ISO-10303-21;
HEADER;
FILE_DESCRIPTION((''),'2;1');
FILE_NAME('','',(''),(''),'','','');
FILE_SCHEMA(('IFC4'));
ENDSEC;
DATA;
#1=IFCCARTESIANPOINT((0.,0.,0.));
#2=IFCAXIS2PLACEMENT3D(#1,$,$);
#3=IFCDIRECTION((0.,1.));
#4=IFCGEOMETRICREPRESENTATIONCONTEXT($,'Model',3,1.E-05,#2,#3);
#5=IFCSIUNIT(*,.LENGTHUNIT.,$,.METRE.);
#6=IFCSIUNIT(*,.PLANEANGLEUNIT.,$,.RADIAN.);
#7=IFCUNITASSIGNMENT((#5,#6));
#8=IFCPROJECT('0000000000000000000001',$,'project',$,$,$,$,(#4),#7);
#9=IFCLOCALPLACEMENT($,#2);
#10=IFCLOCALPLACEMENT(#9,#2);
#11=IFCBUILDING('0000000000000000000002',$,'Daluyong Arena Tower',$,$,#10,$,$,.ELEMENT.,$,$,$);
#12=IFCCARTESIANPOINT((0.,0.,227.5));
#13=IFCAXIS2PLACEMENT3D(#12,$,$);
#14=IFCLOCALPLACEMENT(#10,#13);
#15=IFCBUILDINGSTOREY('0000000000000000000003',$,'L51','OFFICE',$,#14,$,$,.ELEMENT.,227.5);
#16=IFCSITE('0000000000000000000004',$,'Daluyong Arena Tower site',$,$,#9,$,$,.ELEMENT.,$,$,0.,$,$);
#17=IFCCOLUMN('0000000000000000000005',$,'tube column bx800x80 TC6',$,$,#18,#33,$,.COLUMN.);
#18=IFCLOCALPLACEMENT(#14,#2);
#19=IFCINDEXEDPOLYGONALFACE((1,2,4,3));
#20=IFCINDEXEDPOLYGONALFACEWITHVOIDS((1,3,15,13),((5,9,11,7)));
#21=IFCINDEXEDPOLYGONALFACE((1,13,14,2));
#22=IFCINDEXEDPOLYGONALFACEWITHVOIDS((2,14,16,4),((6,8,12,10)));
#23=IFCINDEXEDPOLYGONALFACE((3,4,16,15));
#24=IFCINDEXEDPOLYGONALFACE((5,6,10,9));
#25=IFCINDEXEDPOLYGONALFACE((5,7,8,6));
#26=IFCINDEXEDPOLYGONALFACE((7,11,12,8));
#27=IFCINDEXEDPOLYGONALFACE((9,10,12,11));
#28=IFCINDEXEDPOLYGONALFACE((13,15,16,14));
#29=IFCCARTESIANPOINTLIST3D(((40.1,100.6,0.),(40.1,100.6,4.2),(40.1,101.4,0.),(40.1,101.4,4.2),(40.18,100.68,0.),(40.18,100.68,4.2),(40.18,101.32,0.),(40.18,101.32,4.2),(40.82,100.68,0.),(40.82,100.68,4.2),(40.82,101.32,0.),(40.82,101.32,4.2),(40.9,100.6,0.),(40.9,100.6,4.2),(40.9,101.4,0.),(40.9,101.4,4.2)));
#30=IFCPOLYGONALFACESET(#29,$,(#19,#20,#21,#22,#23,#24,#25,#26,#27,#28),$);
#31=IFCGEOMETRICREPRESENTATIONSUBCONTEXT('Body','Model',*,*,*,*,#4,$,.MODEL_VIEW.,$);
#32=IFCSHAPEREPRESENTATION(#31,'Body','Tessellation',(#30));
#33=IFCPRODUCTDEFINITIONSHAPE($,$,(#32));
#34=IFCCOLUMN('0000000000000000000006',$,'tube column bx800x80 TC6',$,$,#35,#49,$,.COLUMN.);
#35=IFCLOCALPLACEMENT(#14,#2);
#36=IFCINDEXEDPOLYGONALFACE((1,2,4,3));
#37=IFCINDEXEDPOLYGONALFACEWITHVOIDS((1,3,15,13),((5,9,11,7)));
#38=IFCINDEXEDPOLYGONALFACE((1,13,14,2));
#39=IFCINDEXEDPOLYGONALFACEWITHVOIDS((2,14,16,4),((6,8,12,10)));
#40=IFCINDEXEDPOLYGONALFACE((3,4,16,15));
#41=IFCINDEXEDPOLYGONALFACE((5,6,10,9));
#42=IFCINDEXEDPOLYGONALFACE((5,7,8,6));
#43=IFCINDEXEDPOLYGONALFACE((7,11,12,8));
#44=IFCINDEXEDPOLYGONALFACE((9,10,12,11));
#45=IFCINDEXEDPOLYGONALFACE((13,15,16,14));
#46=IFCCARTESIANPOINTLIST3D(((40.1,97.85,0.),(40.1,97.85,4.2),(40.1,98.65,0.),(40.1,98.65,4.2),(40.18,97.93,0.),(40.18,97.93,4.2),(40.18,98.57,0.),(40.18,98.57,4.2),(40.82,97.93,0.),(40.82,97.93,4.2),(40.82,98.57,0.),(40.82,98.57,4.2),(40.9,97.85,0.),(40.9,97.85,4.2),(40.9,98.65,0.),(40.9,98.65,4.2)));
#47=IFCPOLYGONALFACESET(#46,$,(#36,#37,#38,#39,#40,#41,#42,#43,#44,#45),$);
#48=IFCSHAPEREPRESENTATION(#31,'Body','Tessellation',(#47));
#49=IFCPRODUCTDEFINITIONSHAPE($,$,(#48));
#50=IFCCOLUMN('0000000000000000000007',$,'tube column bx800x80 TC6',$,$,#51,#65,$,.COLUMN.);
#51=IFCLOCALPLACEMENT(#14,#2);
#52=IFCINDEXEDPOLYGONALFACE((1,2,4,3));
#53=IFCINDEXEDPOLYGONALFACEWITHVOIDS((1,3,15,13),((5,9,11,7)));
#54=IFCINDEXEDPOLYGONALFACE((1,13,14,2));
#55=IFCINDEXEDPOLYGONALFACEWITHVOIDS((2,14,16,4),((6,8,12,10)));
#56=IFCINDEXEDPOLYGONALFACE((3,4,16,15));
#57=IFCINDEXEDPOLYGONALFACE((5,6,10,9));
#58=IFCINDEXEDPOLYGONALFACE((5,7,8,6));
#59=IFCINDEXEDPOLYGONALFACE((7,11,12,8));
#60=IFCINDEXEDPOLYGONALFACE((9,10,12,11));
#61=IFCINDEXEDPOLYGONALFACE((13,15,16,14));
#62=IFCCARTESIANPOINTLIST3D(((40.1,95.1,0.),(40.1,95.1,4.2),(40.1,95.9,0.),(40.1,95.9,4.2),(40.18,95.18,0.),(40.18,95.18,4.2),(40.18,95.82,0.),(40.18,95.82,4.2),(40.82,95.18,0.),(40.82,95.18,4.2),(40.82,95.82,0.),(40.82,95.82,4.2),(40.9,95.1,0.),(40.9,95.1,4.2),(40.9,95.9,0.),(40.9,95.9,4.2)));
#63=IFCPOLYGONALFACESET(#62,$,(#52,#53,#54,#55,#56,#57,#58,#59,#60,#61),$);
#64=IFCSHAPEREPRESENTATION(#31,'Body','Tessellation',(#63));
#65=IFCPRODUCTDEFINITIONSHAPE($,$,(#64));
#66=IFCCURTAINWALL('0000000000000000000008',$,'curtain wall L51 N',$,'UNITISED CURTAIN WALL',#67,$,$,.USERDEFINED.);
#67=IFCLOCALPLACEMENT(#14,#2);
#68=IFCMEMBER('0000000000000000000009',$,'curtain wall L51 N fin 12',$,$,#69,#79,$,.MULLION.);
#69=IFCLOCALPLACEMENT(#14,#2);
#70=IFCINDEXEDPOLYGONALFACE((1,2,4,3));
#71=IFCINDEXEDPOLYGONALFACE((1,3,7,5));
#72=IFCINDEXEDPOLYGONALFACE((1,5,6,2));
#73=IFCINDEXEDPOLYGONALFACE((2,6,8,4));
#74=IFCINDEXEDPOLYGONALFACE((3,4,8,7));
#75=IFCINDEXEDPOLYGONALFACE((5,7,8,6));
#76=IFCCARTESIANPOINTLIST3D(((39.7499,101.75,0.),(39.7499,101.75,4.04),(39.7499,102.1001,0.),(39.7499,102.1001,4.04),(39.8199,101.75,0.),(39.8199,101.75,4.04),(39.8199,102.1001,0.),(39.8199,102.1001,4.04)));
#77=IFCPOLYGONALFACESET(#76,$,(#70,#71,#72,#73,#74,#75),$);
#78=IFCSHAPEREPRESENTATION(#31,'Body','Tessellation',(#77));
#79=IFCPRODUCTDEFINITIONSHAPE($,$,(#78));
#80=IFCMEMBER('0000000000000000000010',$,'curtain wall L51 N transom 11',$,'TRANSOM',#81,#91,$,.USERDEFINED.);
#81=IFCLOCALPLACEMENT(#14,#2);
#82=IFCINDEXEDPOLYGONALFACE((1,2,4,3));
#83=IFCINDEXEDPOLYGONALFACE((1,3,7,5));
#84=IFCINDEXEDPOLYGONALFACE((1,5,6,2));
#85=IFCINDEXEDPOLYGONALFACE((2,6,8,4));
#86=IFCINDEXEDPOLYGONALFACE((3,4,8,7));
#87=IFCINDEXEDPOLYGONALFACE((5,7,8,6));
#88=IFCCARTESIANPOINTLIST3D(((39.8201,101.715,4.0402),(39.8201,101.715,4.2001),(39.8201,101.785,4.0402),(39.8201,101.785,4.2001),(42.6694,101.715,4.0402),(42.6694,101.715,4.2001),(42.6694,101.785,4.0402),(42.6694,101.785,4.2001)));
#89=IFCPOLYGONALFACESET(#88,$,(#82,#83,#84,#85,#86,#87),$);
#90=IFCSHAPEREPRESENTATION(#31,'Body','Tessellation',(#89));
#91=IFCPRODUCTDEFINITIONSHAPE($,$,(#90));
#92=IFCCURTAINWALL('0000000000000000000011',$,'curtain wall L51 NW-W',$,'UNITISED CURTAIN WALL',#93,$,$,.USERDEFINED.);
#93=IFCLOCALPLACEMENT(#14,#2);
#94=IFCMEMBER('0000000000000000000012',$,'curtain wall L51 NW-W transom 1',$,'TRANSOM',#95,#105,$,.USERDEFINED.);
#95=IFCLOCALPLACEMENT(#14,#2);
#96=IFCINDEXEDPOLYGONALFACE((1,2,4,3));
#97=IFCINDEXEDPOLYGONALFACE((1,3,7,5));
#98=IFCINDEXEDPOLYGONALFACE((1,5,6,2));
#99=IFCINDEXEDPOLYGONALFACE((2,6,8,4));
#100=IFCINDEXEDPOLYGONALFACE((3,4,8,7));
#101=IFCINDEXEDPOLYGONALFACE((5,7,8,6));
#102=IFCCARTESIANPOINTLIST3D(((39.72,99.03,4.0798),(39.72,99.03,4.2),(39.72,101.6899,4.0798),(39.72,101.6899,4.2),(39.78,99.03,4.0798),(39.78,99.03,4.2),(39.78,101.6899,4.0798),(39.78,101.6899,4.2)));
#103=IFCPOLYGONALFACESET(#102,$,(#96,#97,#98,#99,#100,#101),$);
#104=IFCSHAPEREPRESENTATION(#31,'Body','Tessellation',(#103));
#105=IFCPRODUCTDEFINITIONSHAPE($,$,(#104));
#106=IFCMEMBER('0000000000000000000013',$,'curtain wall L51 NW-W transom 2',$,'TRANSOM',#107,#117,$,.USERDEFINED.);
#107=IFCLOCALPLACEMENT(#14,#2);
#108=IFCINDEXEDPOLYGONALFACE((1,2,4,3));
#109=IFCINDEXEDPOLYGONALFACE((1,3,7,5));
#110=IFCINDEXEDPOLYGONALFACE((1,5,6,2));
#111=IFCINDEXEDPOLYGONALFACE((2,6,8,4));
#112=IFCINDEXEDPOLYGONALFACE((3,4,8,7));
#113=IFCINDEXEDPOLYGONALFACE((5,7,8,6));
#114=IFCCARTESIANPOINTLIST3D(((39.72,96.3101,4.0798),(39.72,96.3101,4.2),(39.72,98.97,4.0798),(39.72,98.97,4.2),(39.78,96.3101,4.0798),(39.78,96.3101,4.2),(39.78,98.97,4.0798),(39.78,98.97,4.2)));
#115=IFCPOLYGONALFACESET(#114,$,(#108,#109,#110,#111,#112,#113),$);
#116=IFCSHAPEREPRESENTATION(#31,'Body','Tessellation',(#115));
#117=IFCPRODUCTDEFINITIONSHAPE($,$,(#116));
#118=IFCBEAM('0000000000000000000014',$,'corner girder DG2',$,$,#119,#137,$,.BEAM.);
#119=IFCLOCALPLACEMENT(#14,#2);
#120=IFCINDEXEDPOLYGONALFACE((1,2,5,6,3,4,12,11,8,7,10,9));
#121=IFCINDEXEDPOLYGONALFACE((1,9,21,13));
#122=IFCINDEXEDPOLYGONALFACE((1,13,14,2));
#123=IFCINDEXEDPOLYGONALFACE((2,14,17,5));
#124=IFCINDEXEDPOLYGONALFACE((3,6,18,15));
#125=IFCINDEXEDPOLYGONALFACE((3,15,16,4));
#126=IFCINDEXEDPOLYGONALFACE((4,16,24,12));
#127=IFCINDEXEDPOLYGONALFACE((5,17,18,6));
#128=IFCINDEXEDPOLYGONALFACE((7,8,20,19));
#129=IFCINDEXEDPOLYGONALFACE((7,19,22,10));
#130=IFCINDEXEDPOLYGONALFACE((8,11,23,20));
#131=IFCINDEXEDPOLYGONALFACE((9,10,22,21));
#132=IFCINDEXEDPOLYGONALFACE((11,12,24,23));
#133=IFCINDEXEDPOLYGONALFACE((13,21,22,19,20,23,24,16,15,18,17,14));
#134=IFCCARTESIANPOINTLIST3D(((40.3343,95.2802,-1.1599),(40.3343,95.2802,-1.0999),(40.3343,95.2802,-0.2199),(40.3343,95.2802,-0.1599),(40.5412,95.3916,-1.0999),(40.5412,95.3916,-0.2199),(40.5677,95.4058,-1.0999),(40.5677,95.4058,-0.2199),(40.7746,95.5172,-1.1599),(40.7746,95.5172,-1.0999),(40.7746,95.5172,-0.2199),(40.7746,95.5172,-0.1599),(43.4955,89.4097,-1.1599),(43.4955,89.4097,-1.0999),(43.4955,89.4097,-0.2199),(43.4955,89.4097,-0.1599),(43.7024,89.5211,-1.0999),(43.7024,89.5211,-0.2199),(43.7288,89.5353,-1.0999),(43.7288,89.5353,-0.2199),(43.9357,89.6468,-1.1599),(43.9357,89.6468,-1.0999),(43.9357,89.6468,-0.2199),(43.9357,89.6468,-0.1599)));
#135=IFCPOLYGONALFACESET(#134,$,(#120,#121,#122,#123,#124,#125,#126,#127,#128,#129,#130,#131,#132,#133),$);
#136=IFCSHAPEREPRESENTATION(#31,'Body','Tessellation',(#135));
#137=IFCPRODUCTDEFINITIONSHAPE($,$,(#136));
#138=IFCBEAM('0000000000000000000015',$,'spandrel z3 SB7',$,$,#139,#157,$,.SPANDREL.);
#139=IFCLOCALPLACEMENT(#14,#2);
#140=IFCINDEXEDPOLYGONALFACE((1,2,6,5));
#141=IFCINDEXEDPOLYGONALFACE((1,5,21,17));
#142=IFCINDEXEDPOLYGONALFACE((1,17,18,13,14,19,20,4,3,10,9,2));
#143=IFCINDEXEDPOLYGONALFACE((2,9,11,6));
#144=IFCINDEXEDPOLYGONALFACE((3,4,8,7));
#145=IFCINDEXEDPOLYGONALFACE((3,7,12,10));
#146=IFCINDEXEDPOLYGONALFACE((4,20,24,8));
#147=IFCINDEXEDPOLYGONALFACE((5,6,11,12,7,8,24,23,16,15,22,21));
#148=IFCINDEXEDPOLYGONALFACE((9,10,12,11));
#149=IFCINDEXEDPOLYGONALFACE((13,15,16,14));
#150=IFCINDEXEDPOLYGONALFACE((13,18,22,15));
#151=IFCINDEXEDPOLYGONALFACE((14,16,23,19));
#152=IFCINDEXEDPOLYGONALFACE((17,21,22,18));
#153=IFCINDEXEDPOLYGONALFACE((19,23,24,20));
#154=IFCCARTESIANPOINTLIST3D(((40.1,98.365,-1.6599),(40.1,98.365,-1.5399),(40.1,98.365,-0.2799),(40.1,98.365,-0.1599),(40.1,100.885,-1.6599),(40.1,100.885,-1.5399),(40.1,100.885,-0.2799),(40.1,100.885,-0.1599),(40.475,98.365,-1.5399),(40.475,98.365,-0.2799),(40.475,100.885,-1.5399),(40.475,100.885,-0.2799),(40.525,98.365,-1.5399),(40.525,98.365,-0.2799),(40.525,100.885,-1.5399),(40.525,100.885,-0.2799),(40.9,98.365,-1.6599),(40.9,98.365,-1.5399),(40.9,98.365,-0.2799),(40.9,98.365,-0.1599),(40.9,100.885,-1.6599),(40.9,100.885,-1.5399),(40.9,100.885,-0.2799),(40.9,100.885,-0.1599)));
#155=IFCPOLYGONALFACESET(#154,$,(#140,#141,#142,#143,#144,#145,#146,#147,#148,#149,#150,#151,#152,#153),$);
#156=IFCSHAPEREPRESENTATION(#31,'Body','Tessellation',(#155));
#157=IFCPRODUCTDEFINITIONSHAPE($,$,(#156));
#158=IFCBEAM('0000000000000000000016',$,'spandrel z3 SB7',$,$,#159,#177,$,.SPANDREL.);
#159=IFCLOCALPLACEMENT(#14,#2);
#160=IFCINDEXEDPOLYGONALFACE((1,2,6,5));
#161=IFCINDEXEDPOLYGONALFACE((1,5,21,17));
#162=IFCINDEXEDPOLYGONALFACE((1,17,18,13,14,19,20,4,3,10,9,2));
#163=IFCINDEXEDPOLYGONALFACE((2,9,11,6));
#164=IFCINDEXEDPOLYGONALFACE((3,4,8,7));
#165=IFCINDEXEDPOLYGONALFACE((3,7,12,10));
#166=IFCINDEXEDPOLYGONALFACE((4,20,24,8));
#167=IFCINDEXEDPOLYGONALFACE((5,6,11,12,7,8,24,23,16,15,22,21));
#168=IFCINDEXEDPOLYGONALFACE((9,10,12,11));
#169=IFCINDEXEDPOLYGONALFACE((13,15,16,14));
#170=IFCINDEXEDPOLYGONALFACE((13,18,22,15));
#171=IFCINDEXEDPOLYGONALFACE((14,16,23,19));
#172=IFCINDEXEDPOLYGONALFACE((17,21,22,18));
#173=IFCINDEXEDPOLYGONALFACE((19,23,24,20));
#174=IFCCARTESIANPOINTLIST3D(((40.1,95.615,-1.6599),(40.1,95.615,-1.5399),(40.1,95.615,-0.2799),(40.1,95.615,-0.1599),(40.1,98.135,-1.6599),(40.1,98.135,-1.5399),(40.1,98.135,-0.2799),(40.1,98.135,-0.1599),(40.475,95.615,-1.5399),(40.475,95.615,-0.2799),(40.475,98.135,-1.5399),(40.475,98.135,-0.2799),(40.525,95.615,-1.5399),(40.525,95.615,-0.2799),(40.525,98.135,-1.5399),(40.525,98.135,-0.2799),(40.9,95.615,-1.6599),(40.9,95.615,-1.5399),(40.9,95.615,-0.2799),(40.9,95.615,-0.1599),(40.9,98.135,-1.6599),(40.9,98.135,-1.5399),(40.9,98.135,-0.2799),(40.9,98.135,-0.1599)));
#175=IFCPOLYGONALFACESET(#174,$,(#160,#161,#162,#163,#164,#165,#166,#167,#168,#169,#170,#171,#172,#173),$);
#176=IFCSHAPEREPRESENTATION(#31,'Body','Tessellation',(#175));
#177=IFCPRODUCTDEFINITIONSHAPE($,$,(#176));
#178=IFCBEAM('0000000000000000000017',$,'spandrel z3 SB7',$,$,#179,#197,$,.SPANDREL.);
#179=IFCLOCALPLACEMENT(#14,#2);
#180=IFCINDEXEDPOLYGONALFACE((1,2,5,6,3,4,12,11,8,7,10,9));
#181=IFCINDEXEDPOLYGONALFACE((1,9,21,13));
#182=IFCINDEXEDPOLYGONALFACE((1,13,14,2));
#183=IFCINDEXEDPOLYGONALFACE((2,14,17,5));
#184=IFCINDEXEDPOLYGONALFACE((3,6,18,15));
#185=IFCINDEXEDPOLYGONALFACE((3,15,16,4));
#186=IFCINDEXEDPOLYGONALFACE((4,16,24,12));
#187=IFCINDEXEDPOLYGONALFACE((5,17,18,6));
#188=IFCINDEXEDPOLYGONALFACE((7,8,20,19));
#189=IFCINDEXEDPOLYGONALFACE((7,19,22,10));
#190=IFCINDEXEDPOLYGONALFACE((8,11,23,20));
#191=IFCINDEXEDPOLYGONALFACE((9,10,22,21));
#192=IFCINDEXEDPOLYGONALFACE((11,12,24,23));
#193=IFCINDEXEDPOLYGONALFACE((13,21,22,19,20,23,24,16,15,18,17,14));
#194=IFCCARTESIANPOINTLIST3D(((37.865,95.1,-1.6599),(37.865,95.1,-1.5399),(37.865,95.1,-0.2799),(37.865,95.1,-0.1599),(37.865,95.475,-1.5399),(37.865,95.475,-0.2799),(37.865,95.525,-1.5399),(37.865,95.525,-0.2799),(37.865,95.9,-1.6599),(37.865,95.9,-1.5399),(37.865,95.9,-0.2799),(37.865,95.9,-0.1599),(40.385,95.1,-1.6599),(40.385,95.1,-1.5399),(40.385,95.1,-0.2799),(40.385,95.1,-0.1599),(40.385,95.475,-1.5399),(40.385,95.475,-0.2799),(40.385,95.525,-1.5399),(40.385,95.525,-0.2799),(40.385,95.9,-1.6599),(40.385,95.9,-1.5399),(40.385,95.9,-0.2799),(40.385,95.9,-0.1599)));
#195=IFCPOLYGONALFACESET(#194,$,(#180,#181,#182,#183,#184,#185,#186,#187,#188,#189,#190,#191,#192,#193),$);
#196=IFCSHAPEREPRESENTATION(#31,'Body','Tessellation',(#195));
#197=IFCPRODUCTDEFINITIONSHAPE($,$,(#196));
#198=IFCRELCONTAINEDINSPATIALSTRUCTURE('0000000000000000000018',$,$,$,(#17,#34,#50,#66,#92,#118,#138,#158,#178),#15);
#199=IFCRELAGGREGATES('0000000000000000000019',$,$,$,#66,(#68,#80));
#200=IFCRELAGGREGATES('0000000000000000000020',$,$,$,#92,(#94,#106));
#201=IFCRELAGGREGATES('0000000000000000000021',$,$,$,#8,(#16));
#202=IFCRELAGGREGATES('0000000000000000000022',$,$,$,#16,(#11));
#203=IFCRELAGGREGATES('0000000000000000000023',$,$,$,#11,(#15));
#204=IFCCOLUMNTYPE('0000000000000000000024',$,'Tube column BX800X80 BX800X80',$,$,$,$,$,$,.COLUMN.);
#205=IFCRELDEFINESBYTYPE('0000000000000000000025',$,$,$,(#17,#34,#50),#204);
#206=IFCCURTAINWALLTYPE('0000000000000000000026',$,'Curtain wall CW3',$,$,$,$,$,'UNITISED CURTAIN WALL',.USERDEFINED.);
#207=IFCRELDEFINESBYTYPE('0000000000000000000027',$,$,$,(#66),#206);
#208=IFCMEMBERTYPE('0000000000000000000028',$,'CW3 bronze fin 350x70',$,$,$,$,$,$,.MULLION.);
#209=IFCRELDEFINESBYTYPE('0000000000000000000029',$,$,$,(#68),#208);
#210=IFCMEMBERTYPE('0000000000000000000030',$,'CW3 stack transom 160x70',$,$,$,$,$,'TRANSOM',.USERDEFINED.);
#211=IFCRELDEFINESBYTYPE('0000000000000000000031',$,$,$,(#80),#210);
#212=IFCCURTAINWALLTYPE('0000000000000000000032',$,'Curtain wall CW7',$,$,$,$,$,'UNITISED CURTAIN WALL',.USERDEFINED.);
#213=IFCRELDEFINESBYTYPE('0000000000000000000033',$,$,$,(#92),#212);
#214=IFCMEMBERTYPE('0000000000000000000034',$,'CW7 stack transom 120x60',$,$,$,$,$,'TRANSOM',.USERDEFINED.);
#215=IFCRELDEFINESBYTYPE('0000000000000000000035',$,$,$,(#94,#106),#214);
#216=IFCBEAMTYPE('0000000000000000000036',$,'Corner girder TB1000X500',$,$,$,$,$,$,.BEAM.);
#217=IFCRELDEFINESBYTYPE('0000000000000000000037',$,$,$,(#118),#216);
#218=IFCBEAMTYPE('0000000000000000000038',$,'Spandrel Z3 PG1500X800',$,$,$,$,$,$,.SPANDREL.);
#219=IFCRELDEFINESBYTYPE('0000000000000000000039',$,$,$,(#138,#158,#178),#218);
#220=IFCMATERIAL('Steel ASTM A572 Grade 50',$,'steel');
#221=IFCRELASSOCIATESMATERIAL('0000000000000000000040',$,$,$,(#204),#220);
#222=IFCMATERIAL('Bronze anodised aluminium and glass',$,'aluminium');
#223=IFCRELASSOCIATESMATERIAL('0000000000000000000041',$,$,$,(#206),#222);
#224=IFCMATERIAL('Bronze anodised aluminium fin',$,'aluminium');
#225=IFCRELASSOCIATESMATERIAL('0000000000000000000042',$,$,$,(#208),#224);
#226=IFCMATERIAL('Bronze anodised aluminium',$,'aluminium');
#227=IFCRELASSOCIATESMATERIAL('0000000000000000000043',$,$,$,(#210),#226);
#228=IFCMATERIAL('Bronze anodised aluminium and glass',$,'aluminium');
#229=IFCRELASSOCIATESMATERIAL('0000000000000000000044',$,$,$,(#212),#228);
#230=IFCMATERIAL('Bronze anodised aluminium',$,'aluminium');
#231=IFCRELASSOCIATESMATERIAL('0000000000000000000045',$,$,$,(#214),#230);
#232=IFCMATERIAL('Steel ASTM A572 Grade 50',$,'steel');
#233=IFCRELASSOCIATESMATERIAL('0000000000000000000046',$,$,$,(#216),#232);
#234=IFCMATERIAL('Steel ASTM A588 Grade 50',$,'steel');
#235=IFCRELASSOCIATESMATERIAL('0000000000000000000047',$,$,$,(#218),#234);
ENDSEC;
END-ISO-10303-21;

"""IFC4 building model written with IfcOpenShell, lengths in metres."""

from ifc_helpers import new_model, si_unit, direction, frame, origin, origin_2d, place, context, subcontext, project, spatial, rectangle, hollow_rectangle, i_section, extrude, material, material_profile, profile_set, type_object, element, aggregate, save


model = new_model("IFC4")

# Units and contexts
model_context = context("Model", 3, precision=1e-05, world=origin(), true_north=direction((0.0, 1.0)))
body_context = subcontext(model_context, "Body", "Model", "MODEL_VIEW")
ifc_project = project(units=[si_unit("LENGTHUNIT", "METRE"), si_unit("PLANEANGLEUNIT", "RADIAN")], contexts=[model_context])

# Site, building, storey
site_placement = place(None, origin())
site = spatial("IfcSite", under=ifc_project, at=site_placement, Name="Daluyong Arena Tower site", CompositionType="ELEMENT", RefElevation=0.0)
building_placement = place(site_placement, origin())
building = spatial("IfcBuilding", under=site, at=building_placement, Name="Daluyong Arena Tower", CompositionType="ELEMENT")
storey_placement = place(building_placement, frame((0.0, 0.0, 227.5)))
storey = spatial("IfcBuildingStorey", under=building, at=storey_placement, Name="L51", Description="OFFICE", CompositionType="ELEMENT", Elevation=227.5)

# Columns
ifc_material_1 = material(Name="Steel ASTM A572 Grade 50", Category="steel")
ifc_material_profile_1 = material_profile(ifc_material_1, hollow_rectangle(XDim=0.8, YDim=0.8, WallThickness=0.08, at=origin_2d()))
ifc_profile_set_1 = profile_set([ifc_material_profile_1], Name="Steel ASTM A572 Grade 50")
column_type = type_object("IfcColumnType", Name="Tube column BX800X80 BX800X80", PredefinedType="COLUMN", material=ifc_profile_set_1)
for number, where, z_axis, x_axis, name in (
    (1, (40.5, 101.0, 0.0), (0.0, 0.0, 1.0), (0.0, 1.0, 0.0), "tube column bx800x80 TC6"),
    (2, (40.5, 98.25, 0.0), (0.0, 0.0, 1.0), (0.0, 1.0, 0.0), "tube column bx800x80 TC6"),
    (3, (40.5, 95.5, 0.0), (0.0, 0.0, 1.0), (1.0, 0.0, 0.0), "tube column bx800x80 TC6"),
):
    element("IfcColumn", number, at=place(storey_placement, frame(where, z_axis=z_axis, x_axis=x_axis)), inside=storey, type_object=column_type, Name=name, PredefinedType="COLUMN", context=body_context, shape_type="SweptSolid", body=[
        extrude(hollow_rectangle(XDim=0.8, YDim=0.8, WallThickness=0.08, at=origin_2d()), origin(), (0.0, 0.0, 1.0), 4.2),
    ])

# Curtain walls, members
ifc_material_2 = material(Name="Bronze anodised aluminium and glass", Category="aluminium")
curtain_wall_type_1 = type_object("IfcCurtainWallType", Name="Curtain wall CW3", ElementType="UNITISED CURTAIN WALL", PredefinedType="USERDEFINED", material=ifc_material_2)
curtain_wall_1_placement = place(storey_placement, origin())
curtain_wall_1 = element("IfcCurtainWall", 4, at=curtain_wall_1_placement, inside=storey, type_object=curtain_wall_type_1, Name="curtain wall L51 N", ObjectType="UNITISED CURTAIN WALL", PredefinedType="USERDEFINED")
ifc_material_3 = material(Name="Bronze anodised aluminium fin", Category="aluminium")
ifc_material_profile_2 = material_profile(ifc_material_3, rectangle(XDim=0.3501, YDim=0.0701, at=origin_2d()))
ifc_profile_set_2 = profile_set([ifc_material_profile_2], Name="Bronze anodised aluminium fin")
member_type_1 = type_object("IfcMemberType", Name="CW3 bronze fin 350x70", PredefinedType="MULLION", material=ifc_profile_set_2)
member_1_placement = place(storey_placement, frame((39.7849, 101.925, 0.0), z_axis=(0.0, 0.0, 1.0), x_axis=(0.0, -1.0, 0.0)))
member_1 = element("IfcMember", 5, at=member_1_placement, type_object=member_type_1, Name="curtain wall L51 N fin 12", PredefinedType="MULLION", context=body_context, shape_type="SweptSolid", body=[
    extrude(rectangle(XDim=0.3501, YDim=0.0701, at=origin_2d()), origin(), (0.0, 0.0, 1.0), 4.04),
])
ifc_material_4 = material(Name="Bronze anodised aluminium", Category="aluminium")
ifc_material_profile_3 = material_profile(ifc_material_4, rectangle(XDim=0.0701, YDim=0.1599, at=origin_2d()))
ifc_profile_set_3 = profile_set([ifc_material_profile_3], Name="Bronze anodised aluminium")
member_type_2 = type_object("IfcMemberType", Name="CW3 stack transom 160x70", ElementType="TRANSOM", PredefinedType="USERDEFINED", material=ifc_profile_set_3)
member_2_placement = place(storey_placement, frame((42.6694, 101.75, 4.1201), z_axis=(-1.0, 0.0, 0.0), x_axis=(0.0, -1.0, 0.0)))
member_2 = element("IfcMember", 6, at=member_2_placement, type_object=member_type_2, Name="curtain wall L51 N transom 11", ObjectType="TRANSOM", PredefinedType="USERDEFINED", context=body_context, shape_type="SweptSolid", body=[
    extrude(rectangle(XDim=0.0701, YDim=0.1599, at=origin_2d()), origin(), (0.0, 0.0, 1.0), 2.8494),
])
ifc_material_5 = material(Name="Bronze anodised aluminium and glass", Category="aluminium")
curtain_wall_type_2 = type_object("IfcCurtainWallType", Name="Curtain wall CW7", ElementType="UNITISED CURTAIN WALL", PredefinedType="USERDEFINED", material=ifc_material_5)
curtain_wall_2_placement = place(storey_placement, origin())
curtain_wall_2 = element("IfcCurtainWall", 7, at=curtain_wall_2_placement, inside=storey, type_object=curtain_wall_type_2, Name="curtain wall L51 NW-W", ObjectType="UNITISED CURTAIN WALL", PredefinedType="USERDEFINED")
ifc_material_6 = material(Name="Bronze anodised aluminium", Category="aluminium")
ifc_material_profile_4 = material_profile(ifc_material_6, rectangle(XDim=0.0601, YDim=0.1201, at=origin_2d()))
ifc_profile_set_4 = profile_set([ifc_material_profile_4], Name="Bronze anodised aluminium")
member_type_3 = type_object("IfcMemberType", Name="CW7 stack transom 120x60", ElementType="TRANSOM", PredefinedType="USERDEFINED", material=ifc_profile_set_4)
member_3_placement = place(storey_placement, frame((39.75, 101.6899, 4.1399), z_axis=(0.0, -1.0, 0.0), x_axis=(1.0, 0.0, 0.0)))
member_3 = element("IfcMember", 8, at=member_3_placement, type_object=member_type_3, Name="curtain wall L51 NW-W transom 1", ObjectType="TRANSOM", PredefinedType="USERDEFINED", context=body_context, shape_type="SweptSolid", body=[
    extrude(rectangle(XDim=0.0601, YDim=0.1201, at=origin_2d()), origin(), (0.0, 0.0, 1.0), 2.6599),
])
member_4_placement = place(storey_placement, frame((39.75, 98.97, 4.1399), z_axis=(0.0, -1.0, 0.0), x_axis=(1.0, 0.0, 0.0)))
member_4 = element("IfcMember", 9, at=member_4_placement, type_object=member_type_3, Name="curtain wall L51 NW-W transom 2", ObjectType="TRANSOM", PredefinedType="USERDEFINED", context=body_context, shape_type="SweptSolid", body=[
    extrude(rectangle(XDim=0.0601, YDim=0.1201, at=origin_2d()), origin(), (0.0, 0.0, 1.0), 2.6599),
])

# Beams
ifc_material_7 = material(Name="Steel ASTM A572 Grade 50", Category="steel")
ifc_material_profile_5 = material_profile(ifc_material_7, i_section(OverallWidth=0.5, OverallDepth=1.0, WebThickness=0.03, FlangeThickness=0.06, at=origin_2d()))
ifc_profile_set_5 = profile_set([ifc_material_profile_5], Name="Steel ASTM A572 Grade 50")
beam_type_1 = type_object("IfcBeamType", Name="Corner girder TB1000X500", PredefinedType="BEAM", material=ifc_profile_set_5)
beam_placement = place(storey_placement, frame((40.5544, 95.3987, -0.6599), z_axis=(0.474119, -0.880461, 0.0), x_axis=(0.880461, 0.474119, 0.0)))
element("IfcBeam", 10, at=beam_placement, inside=storey, type_object=beam_type_1, Name="corner girder DG2", PredefinedType="BEAM", context=body_context, shape_type="SweptSolid", body=[
    extrude(i_section(OverallWidth=0.5, OverallDepth=1.0, WebThickness=0.03, FlangeThickness=0.06, at=origin_2d()), origin(), (0.0, 0.0, 1.0), 6.6675),
])
ifc_material_8 = material(Name="Steel ASTM A588 Grade 50", Category="steel")
ifc_material_profile_6 = material_profile(ifc_material_8, i_section(OverallWidth=0.8, OverallDepth=1.5, WebThickness=0.05, FlangeThickness=0.12, at=origin_2d()))
ifc_profile_set_6 = profile_set([ifc_material_profile_6], Name="Steel ASTM A588 Grade 50")
beam_type_2 = type_object("IfcBeamType", Name="Spandrel Z3 PG1500X800", PredefinedType="SPANDREL", material=ifc_profile_set_6)
for number, where, z_axis, x_axis, name in (
    (11, (40.5, 100.885, -0.9099), (0.0, -1.0, 0.0), (1.0, 0.0, 0.0), "spandrel z3 SB7"),
    (12, (40.5, 98.135, -0.9099), (0.0, -1.0, 0.0), (1.0, 0.0, 0.0), "spandrel z3 SB7"),
    (13, (40.385, 95.5, -0.9099), (-1.0, 0.0, 0.0), (0.0, -1.0, 0.0), "spandrel z3 SB7"),
):
    element("IfcBeam", number, at=place(storey_placement, frame(where, z_axis=z_axis, x_axis=x_axis)), inside=storey, type_object=beam_type_2, Name=name, PredefinedType="SPANDREL", context=body_context, shape_type="SweptSolid", body=[
        extrude(i_section(OverallWidth=0.8, OverallDepth=1.5, WebThickness=0.05, FlangeThickness=0.12, at=origin_2d()), origin(), (0.0, 0.0, 1.0), 2.52),
    ])

aggregate(curtain_wall_1, [member_1, member_2])
aggregate(curtain_wall_2, [member_3, member_4])

save(model, "model.ifc")
